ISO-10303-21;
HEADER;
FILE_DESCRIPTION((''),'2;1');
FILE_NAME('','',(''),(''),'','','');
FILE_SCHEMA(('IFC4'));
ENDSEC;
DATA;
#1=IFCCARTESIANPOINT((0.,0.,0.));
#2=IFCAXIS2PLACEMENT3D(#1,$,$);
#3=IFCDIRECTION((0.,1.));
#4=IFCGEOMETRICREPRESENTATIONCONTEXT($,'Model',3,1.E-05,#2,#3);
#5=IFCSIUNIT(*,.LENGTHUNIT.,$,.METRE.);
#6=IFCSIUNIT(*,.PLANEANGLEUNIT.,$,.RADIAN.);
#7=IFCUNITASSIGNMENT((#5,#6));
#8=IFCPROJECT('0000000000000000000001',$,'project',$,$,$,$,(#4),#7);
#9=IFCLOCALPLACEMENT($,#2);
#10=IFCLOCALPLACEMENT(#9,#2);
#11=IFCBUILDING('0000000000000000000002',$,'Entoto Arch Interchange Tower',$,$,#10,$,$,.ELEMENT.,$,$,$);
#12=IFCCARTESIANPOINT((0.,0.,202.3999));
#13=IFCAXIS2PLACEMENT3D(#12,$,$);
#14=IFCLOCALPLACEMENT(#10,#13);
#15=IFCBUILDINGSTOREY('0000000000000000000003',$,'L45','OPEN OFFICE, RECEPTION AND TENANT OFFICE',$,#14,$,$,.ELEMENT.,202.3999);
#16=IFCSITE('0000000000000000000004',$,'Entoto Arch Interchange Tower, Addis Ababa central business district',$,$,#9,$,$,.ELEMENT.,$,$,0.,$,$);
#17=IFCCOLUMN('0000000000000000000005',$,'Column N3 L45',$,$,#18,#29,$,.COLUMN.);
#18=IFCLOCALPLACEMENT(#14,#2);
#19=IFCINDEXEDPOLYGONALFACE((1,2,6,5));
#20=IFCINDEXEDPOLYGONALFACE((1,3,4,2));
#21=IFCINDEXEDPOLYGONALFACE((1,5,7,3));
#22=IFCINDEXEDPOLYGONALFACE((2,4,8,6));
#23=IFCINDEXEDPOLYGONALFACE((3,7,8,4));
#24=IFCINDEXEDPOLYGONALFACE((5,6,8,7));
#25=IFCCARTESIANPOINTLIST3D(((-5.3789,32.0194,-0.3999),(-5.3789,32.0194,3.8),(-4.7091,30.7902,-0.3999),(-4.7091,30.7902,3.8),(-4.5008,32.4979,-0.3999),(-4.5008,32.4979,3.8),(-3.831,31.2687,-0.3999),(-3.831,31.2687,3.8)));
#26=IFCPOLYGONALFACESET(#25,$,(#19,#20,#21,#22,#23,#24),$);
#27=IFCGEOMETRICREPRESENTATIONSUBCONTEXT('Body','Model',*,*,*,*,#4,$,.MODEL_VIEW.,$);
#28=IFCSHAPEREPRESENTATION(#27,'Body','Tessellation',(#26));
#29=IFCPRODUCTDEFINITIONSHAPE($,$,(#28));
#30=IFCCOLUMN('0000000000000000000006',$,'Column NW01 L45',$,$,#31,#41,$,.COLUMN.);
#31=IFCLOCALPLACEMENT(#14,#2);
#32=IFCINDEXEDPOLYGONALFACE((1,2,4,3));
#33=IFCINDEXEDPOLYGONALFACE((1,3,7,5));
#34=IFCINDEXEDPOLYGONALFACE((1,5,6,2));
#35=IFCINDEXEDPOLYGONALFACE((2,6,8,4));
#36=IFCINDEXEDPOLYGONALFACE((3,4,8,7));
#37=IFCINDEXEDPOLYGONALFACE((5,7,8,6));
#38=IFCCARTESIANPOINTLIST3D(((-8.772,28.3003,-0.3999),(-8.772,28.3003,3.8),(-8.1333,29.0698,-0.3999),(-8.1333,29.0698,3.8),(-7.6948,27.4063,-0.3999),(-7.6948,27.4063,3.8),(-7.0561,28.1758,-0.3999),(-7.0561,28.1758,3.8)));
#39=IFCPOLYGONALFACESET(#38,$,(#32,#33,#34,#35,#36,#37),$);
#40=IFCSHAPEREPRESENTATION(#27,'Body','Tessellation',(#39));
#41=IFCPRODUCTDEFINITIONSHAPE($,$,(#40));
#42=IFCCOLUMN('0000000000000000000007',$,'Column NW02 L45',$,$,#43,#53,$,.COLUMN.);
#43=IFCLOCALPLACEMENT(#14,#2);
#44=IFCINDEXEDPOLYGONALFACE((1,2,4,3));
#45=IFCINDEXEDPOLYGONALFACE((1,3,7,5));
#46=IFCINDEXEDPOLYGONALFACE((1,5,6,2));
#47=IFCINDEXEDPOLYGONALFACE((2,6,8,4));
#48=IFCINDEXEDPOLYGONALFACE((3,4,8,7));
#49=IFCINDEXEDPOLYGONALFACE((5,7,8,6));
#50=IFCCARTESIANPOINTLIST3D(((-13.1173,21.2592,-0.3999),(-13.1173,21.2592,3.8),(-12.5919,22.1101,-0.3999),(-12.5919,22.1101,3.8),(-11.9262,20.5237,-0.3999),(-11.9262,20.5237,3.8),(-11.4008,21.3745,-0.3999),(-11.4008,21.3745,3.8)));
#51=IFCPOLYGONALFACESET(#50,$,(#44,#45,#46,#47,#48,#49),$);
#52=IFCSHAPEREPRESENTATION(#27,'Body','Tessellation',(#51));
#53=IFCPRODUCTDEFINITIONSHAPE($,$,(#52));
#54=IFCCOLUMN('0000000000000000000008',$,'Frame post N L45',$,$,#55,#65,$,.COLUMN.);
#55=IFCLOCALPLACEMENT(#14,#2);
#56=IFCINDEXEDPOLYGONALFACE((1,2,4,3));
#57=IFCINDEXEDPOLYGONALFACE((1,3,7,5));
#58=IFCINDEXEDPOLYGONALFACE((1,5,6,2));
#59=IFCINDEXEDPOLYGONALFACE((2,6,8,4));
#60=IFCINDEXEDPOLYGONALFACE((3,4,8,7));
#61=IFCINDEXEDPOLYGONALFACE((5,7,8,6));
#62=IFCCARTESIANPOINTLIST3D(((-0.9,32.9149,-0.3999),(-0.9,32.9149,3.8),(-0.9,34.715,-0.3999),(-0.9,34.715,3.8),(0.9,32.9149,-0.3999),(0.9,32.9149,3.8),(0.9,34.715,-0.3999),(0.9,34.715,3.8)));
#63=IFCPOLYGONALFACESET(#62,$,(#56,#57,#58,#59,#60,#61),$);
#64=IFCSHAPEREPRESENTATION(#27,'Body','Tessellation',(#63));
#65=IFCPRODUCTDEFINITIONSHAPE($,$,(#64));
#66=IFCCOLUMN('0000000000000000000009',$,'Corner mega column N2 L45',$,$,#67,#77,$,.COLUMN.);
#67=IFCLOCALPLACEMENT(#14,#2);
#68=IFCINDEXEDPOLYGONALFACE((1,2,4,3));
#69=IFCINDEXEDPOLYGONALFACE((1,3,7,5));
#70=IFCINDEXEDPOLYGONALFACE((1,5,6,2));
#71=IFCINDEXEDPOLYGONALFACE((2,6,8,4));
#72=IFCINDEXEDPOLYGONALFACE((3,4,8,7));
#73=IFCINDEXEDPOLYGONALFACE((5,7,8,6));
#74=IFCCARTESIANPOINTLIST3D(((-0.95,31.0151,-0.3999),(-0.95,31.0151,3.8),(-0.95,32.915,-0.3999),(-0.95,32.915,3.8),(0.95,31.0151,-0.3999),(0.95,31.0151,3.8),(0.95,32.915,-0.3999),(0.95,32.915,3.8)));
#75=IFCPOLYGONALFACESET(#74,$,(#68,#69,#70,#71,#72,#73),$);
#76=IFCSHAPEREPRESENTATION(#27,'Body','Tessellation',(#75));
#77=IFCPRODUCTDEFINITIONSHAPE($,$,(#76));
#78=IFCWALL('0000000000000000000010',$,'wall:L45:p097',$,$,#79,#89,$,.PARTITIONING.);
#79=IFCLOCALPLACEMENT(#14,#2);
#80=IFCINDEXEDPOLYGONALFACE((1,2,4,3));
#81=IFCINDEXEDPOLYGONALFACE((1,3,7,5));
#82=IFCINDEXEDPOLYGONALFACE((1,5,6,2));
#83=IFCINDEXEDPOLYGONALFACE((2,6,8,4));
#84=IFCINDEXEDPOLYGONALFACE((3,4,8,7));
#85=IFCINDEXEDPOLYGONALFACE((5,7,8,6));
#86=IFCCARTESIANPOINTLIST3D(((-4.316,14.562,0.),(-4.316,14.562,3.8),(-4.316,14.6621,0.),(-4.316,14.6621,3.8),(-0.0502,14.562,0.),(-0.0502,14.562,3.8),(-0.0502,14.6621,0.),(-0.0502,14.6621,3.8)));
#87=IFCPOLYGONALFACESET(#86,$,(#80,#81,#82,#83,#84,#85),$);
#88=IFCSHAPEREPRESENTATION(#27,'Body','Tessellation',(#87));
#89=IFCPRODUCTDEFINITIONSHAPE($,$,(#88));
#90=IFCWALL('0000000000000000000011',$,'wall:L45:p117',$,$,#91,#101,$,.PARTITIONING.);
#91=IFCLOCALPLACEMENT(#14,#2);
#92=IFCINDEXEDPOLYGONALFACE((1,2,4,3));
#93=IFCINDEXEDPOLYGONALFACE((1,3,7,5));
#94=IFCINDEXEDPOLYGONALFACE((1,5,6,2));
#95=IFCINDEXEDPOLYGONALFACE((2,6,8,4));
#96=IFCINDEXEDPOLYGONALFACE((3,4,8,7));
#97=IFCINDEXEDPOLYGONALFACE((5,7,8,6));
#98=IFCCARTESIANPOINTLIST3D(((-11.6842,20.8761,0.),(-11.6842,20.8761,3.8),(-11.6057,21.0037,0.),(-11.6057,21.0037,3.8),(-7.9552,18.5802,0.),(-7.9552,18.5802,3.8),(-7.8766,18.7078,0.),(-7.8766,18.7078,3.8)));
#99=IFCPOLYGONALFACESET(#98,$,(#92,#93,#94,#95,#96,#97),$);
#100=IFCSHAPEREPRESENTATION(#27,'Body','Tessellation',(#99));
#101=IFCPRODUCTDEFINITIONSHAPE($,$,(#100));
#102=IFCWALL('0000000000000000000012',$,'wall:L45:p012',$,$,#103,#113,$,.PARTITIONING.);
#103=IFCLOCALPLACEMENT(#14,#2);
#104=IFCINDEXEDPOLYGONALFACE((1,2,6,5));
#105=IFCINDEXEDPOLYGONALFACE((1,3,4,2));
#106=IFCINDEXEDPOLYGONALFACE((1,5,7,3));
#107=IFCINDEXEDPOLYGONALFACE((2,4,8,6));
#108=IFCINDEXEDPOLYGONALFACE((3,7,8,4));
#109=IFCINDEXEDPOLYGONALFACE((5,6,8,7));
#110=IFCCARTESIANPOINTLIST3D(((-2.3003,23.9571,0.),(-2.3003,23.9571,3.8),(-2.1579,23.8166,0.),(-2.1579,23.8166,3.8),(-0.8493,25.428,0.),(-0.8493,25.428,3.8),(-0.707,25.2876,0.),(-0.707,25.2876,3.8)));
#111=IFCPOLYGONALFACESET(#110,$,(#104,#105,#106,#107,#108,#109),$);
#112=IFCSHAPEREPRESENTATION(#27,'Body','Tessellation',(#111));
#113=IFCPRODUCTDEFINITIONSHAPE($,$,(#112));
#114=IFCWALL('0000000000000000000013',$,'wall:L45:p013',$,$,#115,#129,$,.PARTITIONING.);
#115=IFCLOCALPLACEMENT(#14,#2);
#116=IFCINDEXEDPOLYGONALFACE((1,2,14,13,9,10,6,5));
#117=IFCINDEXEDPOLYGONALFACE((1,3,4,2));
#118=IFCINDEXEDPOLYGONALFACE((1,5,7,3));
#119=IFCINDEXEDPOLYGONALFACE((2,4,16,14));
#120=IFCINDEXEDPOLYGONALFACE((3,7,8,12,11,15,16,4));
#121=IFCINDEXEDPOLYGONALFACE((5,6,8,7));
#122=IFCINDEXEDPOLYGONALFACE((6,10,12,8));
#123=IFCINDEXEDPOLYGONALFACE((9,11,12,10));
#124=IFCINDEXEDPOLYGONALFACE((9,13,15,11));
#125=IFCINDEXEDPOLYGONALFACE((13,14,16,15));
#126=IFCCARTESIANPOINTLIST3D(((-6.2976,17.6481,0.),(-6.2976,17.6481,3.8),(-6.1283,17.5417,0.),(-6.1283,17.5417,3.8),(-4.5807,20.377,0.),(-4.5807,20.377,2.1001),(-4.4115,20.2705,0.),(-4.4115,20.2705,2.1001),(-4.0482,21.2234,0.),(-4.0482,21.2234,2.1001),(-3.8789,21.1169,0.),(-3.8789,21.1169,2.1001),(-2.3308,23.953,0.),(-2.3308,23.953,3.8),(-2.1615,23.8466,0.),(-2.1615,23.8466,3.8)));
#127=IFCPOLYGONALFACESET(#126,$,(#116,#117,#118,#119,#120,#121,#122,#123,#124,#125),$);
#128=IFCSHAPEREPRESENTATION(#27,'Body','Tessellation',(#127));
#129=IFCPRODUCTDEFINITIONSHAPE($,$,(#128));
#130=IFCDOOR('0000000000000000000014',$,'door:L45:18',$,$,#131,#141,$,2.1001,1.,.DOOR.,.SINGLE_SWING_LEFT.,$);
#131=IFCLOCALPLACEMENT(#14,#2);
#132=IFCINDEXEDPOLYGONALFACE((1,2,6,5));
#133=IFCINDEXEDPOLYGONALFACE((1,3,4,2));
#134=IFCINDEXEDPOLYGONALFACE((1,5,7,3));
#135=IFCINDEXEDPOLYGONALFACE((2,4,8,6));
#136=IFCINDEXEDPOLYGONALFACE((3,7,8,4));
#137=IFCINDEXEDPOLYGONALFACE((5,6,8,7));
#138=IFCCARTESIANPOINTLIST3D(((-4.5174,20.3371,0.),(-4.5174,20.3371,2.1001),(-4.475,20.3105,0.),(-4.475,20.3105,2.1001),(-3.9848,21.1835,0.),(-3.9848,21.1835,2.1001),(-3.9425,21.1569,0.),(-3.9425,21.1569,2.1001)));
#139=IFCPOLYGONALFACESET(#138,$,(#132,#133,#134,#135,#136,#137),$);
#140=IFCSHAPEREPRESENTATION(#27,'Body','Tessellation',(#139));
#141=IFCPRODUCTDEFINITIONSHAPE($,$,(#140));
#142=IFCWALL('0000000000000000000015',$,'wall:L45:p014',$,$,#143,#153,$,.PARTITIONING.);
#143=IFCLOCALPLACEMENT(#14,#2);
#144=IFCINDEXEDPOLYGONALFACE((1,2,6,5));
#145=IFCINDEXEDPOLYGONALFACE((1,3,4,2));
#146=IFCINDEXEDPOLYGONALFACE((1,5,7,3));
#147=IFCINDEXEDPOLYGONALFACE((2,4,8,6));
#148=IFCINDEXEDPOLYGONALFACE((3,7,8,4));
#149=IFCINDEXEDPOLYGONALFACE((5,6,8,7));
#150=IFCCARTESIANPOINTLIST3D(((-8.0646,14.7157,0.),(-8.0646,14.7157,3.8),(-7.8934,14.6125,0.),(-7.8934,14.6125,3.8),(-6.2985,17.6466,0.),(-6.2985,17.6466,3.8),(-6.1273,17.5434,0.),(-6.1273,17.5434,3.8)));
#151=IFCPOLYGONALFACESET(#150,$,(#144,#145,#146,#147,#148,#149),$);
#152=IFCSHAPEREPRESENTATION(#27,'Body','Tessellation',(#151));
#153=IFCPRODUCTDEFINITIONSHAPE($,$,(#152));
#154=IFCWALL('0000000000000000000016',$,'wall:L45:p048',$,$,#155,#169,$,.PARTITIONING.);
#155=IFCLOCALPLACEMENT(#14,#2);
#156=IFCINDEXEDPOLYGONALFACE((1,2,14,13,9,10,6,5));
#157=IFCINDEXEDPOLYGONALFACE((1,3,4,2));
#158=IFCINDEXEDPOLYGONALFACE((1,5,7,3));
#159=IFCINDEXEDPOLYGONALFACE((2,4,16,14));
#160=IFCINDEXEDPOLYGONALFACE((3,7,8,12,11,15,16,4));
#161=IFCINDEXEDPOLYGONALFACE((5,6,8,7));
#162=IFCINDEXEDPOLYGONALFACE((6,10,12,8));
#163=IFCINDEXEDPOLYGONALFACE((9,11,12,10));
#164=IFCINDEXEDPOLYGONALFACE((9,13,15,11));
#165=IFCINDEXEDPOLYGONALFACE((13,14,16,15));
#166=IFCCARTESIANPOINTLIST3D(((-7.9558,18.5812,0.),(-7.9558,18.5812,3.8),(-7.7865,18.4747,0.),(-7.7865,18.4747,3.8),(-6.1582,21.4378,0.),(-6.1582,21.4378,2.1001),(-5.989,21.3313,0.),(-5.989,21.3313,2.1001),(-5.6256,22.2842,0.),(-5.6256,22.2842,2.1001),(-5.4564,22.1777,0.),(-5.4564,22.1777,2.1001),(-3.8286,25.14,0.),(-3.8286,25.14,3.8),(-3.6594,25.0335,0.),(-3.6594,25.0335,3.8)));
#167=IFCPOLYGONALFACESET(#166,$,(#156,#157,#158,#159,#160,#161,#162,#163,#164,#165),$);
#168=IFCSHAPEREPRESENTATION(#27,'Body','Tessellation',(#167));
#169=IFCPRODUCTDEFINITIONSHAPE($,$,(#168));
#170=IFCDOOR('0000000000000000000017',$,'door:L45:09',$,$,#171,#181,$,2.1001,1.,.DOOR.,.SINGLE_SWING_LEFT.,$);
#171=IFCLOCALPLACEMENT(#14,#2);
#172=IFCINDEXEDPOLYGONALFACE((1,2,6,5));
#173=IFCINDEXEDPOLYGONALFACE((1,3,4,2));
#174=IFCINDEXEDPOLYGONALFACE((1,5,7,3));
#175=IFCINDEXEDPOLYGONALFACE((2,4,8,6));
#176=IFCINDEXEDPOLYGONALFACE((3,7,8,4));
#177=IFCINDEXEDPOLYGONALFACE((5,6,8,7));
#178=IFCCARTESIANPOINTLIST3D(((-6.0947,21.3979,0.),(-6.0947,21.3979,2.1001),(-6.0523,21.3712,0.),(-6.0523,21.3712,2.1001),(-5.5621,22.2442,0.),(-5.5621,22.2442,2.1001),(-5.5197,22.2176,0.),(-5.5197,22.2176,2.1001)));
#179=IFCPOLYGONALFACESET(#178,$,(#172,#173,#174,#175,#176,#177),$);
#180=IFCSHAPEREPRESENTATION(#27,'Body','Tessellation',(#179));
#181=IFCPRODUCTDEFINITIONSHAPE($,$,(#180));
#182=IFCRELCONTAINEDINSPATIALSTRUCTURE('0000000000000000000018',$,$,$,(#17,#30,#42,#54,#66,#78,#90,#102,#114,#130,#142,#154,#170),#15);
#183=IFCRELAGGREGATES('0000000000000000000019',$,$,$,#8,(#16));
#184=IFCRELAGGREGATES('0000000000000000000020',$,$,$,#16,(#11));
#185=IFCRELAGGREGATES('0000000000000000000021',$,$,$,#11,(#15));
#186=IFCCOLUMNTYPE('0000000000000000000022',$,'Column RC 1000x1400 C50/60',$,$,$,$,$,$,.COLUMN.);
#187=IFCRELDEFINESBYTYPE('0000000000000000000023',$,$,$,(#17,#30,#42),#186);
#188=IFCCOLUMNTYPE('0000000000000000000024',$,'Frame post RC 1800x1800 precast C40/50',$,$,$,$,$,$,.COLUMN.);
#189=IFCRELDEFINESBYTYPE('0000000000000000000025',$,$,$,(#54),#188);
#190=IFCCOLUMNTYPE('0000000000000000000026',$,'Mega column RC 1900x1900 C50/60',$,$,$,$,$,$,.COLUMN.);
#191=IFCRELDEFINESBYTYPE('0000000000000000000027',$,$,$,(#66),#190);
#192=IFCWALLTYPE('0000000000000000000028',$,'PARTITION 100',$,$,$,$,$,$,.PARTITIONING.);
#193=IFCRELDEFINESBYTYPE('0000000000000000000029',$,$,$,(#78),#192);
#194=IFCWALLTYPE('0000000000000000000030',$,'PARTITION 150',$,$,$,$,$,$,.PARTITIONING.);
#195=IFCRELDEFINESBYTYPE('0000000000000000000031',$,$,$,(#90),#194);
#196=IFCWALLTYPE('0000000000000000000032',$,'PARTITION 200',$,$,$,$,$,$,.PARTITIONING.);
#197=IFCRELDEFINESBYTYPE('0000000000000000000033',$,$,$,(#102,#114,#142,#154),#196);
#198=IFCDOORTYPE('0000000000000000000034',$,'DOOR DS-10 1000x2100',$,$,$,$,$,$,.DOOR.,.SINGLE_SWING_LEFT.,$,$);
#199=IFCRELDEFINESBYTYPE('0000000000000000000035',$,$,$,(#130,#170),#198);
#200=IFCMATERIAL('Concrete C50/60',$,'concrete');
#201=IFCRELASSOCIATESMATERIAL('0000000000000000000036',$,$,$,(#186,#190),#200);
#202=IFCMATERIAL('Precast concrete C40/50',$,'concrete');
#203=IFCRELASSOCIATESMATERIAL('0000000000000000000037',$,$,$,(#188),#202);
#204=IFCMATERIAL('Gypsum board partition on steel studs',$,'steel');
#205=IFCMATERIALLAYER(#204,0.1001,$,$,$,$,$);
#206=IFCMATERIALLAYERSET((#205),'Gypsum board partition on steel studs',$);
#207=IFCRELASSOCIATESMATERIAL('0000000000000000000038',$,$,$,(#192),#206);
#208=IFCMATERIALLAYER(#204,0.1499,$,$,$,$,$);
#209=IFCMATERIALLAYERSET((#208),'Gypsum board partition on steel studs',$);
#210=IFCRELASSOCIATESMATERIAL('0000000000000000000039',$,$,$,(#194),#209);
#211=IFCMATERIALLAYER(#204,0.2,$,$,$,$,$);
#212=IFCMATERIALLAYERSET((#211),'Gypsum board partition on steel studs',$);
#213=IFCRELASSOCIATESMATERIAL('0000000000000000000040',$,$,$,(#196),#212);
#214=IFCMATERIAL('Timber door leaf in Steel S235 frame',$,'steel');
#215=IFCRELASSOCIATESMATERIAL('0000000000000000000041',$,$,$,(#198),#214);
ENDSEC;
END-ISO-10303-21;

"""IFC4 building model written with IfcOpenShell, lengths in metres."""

from ifc_helpers import new_model, si_unit, direction, frame, frame_2d, origin, origin_2d, place, context, subcontext, project, spatial, rectangle, extrude, material, layer, layer_set, material_profile, profile_set, type_object, element, fill, save


model = new_model("IFC4")

# Units and contexts
model_context = context("Model", 3, precision=1e-05, world=origin(), true_north=direction((0.0, 1.0)))
body_context = subcontext(model_context, "Body", "Model", "MODEL_VIEW")
ifc_project = project(units=[si_unit("LENGTHUNIT", "METRE"), si_unit("PLANEANGLEUNIT", "RADIAN")], contexts=[model_context])

# Site, building, storey
site_placement = place(None, origin())
site = spatial("IfcSite", under=ifc_project, at=site_placement, Name="Entoto Arch Interchange Tower, Addis Ababa central business district", CompositionType="ELEMENT", RefElevation=0.0)
building_placement = place(site_placement, origin())
building = spatial("IfcBuilding", under=site, at=building_placement, Name="Entoto Arch Interchange Tower", CompositionType="ELEMENT")
storey_placement = place(building_placement, frame((0.0, 0.0, 202.3999)))
storey = spatial("IfcBuildingStorey", under=building, at=storey_placement, Name="L45", Description="OPEN OFFICE, RECEPTION AND TENANT OFFICE", CompositionType="ELEMENT", Elevation=202.3999)

# Columns
ifc_material_1 = material(Name="Concrete C50/60", Category="concrete")
ifc_material_profile_1 = material_profile(ifc_material_1, rectangle(XDim=1.0, YDim=1.3999, at=origin_2d()))
ifc_profile_set_1 = profile_set([ifc_material_profile_1], Name="Concrete C50/60")
column_type_1 = type_object("IfcColumnType", Name="Column RC 1000x1400 C50/60", PredefinedType="COLUMN", material=ifc_profile_set_1)
for number, where, z_axis, x_axis, name in (
    (1, (-4.605, 31.644, -0.3999), (0.0, 0.0, 1.0), (0.8781, 0.478477, 0.0), "Column N3 L45"),
    (2, (-7.9141, 28.238, -0.3999), (0.0, 0.0, 1.0), (0.63866, 0.769489, 0.0), "Column NW01 L45"),
    (3, (-12.259, 21.3169, -0.3999), (0.0, 0.0, 1.0), (0.525427, 0.850839, 0.0), "Column NW02 L45"),
):
    element("IfcColumn", number, at=place(storey_placement, frame(where, z_axis=z_axis, x_axis=x_axis)), inside=storey, type_object=column_type_1, Name=name, PredefinedType="COLUMN", context=body_context, shape_type="SweptSolid", body=[
        extrude(rectangle(XDim=1.0, YDim=1.3999, at=origin_2d()), origin(), (0.0, 0.0, 1.0), 4.2),
    ])
ifc_material_2 = material(Name="Precast concrete C40/50", Category="concrete")
ifc_material_profile_2 = material_profile(ifc_material_2, rectangle(XDim=1.8, YDim=1.8, at=origin_2d()))
ifc_profile_set_2 = profile_set([ifc_material_profile_2], Name="Precast concrete C40/50")
column_type_2 = type_object("IfcColumnType", Name="Frame post RC 1800x1800 precast C40/50", PredefinedType="COLUMN", material=ifc_profile_set_2)
column_1_placement = place(storey_placement, frame((0.0, 33.8149, -0.3999), z_axis=(0.0, 0.0, 1.0), x_axis=(0.0, 1.0, 0.0)))
element("IfcColumn", 4, at=column_1_placement, inside=storey, type_object=column_type_2, Name="Frame post N L45", PredefinedType="COLUMN", context=body_context, shape_type="SweptSolid", body=[
    extrude(rectangle(XDim=1.8, YDim=1.8, at=origin_2d()), origin(), (0.0, 0.0, 1.0), 4.2),
])
ifc_material_profile_3 = material_profile(ifc_material_1, rectangle(XDim=1.8999, YDim=1.8999, at=origin_2d()))
ifc_profile_set_3 = profile_set([ifc_material_profile_3], Name="Concrete C50/60")
column_type_3 = type_object("IfcColumnType", Name="Mega column RC 1900x1900 C50/60", PredefinedType="COLUMN", material=ifc_profile_set_3)
column_2_placement = place(storey_placement, frame((0.0, 31.9651, -0.3999), z_axis=(0.0, 0.0, 1.0), x_axis=(0.0, 1.0, 0.0)))
element("IfcColumn", 5, at=column_2_placement, inside=storey, type_object=column_type_3, Name="Corner mega column N2 L45", PredefinedType="COLUMN", context=body_context, shape_type="SweptSolid", body=[
    extrude(rectangle(XDim=1.8999, YDim=1.8999, at=origin_2d()), origin(), (0.0, 0.0, 1.0), 4.2),
])

# Walls
ifc_material_3 = material(Name="Gypsum board partition on steel studs", Category="steel")
ifc_layer_1 = layer(ifc_material_3, 0.1001)
ifc_layer_set_1 = layer_set([ifc_layer_1], Name="Gypsum board partition on steel studs")
wall_type_1 = type_object("IfcWallType", Name="PARTITION 100", PredefinedType="PARTITIONING", material=ifc_layer_set_1)
wall_1_placement = place(storey_placement, frame((-4.3159, 14.6121, 0.0), z_axis=(0.0, 0.0, 1.0), x_axis=(1.0, 0.0, 0.0)))
element("IfcWall", 6, at=wall_1_placement, inside=storey, type_object=wall_type_1, Name="wall:L45:p097", PredefinedType="PARTITIONING", context=body_context, shape_type="SweptSolid", body=[
    extrude(rectangle(XDim=4.2659, YDim=0.1001, at=frame_2d((2.1328, 0.0))), origin(), (0.0, 0.0, 1.0), 3.8),
])
ifc_layer_2 = layer(ifc_material_3, 0.1499)
ifc_layer_set_2 = layer_set([ifc_layer_2], Name="Gypsum board partition on steel studs")
wall_type_2 = type_object("IfcWallType", Name="PARTITION 150", PredefinedType="PARTITIONING", material=ifc_layer_set_2)
wall_2_placement = place(storey_placement, frame((-7.916, 18.644, 0.0), z_axis=(0.0, 0.0, 1.0), x_axis=(-0.851543, 0.524284, 0.0)))
element("IfcWall", 7, at=wall_2_placement, inside=storey, type_object=wall_type_2, Name="wall:L45:p117", PredefinedType="PARTITIONING", context=body_context, shape_type="SweptSolid", body=[
    extrude(rectangle(XDim=4.3792, YDim=0.1499, at=frame_2d((2.1895, 0.0))), origin(), (0.0, 0.0, 1.0), 3.8),
])
ifc_layer_3 = layer(ifc_material_3, 0.2)
ifc_layer_set_3 = layer_set([ifc_layer_3], Name="Gypsum board partition on steel studs")
wall_type_3 = type_object("IfcWallType", Name="PARTITION 200", PredefinedType="PARTITIONING", material=ifc_layer_set_3)
wall_3_placement = place(storey_placement, frame((-0.7781, 25.3579, 0.0), z_axis=(0.0, 0.0, 1.0), x_axis=(-0.702245, -0.711935, 0.0)))
element("IfcWall", 8, at=wall_3_placement, inside=storey, type_object=wall_type_3, Name="wall:L45:p012", PredefinedType="PARTITIONING", context=body_context, shape_type="SweptSolid", body=[
    extrude(rectangle(XDim=2.0662, YDim=0.2, at=frame_2d((1.0332, 0.0))), origin(), (0.0, 0.0, 1.0), 3.8),
])

# Wall, opening, door
wall_4_placement = place(storey_placement, frame((-2.2461, 23.8999, 0.0), z_axis=(0.0, 0.0, 1.0), x_axis=(-0.532527, -0.846413, 0.0)))
wall_4 = element("IfcWall", 9, at=wall_4_placement, inside=storey, type_object=wall_type_3, Name="wall:L45:p013", PredefinedType="PARTITIONING", context=body_context, shape_type="SweptSolid", body=[
    extrude(rectangle(XDim=7.449, YDim=0.2, at=frame_2d((3.7246, 0.0))), origin(), (0.0, 0.0, 1.0), 3.8),
])
opening_1_placement = place(wall_4_placement, frame((3.2251, 0.0, 0.0)))
opening_1 = element("IfcOpeningElement", 10, at=opening_1_placement, cuts=wall_4, PredefinedType="OPENING", context=body_context, shape_type="SweptSolid", body=[
    extrude(rectangle(XDim=1.0, YDim=2.1001, at=frame_2d((0.5, 1.05))), frame((0.0, 0.1099, 0.0), z_axis=(0.0, -1.0, 0.0), x_axis=(1.0, 0.0, 0.0)), (0.0, 0.0, 1.0), 0.22),
])
ifc_material_4 = material(Name="Timber door leaf in Steel S235 frame", Category="steel")
door_type = type_object("IfcDoorType", Name="DOOR DS-10 1000x2100", OperationType="SINGLE_SWING_LEFT", PredefinedType="DOOR", material=ifc_material_4)
door_1_placement = place(opening_1_placement, origin())
door_1 = element("IfcDoor", 11, at=door_1_placement, inside=storey, type_object=door_type, Name="door:L45:18", OperationType="SINGLE_SWING_LEFT", OverallHeight=2.1001, OverallWidth=1.0, PredefinedType="DOOR", context=body_context, shape_type="SweptSolid", body=[
    extrude(rectangle(XDim=1.0, YDim=2.1001, at=frame_2d((0.5, 1.05))), frame((0.0, 0.0249, 0.0), z_axis=(0.0, -1.0, 0.0), x_axis=(1.0, 0.0, 0.0)), (0.0, 0.0, 1.0), 0.05),
])
fill(opening_1, door_1)

# Wall
wall_5_placement = place(storey_placement, frame((-6.2129, 17.595, 0.0), z_axis=(0.0, 0.0, 1.0), x_axis=(-0.516121, -0.856516, 0.0)))
element("IfcWall", 12, at=wall_5_placement, inside=storey, type_object=wall_type_3, Name="wall:L45:p014", PredefinedType="PARTITIONING", context=body_context, shape_type="SweptSolid", body=[
    extrude(rectangle(XDim=3.4219, YDim=0.2, at=frame_2d((1.7109, 0.0))), origin(), (0.0, 0.0, 1.0), 3.8),
])

# Wall, opening, door
wall_6_placement = place(storey_placement, frame((-7.8711, 18.5281, 0.0), z_axis=(0.0, 0.0, 1.0), x_axis=(0.532588, 0.846375, 0.0)))
wall_6 = element("IfcWall", 13, at=wall_6_placement, inside=storey, type_object=wall_type_3, Name="wall:L45:p048", PredefinedType="PARTITIONING", context=body_context, shape_type="SweptSolid", body=[
    extrude(rectangle(XDim=7.7493, YDim=0.2, at=frame_2d((3.8745, 0.0))), origin(), (0.0, 0.0, 1.0), 3.8),
])
opening_2_placement = place(wall_6_placement, frame((3.375, 0.0, 0.0)))
opening_2 = element("IfcOpeningElement", 14, at=opening_2_placement, cuts=wall_6, PredefinedType="OPENING", context=body_context, shape_type="SweptSolid", body=[
    extrude(rectangle(XDim=1.0, YDim=2.1001, at=frame_2d((0.5, 1.05))), frame((0.0, 0.1099, 0.0), z_axis=(0.0, -1.0, 0.0), x_axis=(1.0, 0.0, 0.0)), (0.0, 0.0, 1.0), 0.22),
])
door_2_placement = place(opening_2_placement, origin())
door_2 = element("IfcDoor", 15, at=door_2_placement, inside=storey, type_object=door_type, Name="door:L45:09", OperationType="SINGLE_SWING_LEFT", OverallHeight=2.1001, OverallWidth=1.0, PredefinedType="DOOR", context=body_context, shape_type="SweptSolid", body=[
    extrude(rectangle(XDim=1.0, YDim=2.1001, at=frame_2d((0.5, 1.05))), frame((0.0, 0.0249, 0.0), z_axis=(0.0, -1.0, 0.0), x_axis=(1.0, 0.0, 0.0)), (0.0, 0.0, 1.0), 0.05),
])
fill(opening_2, door_2)

save(model, "model.ifc")
